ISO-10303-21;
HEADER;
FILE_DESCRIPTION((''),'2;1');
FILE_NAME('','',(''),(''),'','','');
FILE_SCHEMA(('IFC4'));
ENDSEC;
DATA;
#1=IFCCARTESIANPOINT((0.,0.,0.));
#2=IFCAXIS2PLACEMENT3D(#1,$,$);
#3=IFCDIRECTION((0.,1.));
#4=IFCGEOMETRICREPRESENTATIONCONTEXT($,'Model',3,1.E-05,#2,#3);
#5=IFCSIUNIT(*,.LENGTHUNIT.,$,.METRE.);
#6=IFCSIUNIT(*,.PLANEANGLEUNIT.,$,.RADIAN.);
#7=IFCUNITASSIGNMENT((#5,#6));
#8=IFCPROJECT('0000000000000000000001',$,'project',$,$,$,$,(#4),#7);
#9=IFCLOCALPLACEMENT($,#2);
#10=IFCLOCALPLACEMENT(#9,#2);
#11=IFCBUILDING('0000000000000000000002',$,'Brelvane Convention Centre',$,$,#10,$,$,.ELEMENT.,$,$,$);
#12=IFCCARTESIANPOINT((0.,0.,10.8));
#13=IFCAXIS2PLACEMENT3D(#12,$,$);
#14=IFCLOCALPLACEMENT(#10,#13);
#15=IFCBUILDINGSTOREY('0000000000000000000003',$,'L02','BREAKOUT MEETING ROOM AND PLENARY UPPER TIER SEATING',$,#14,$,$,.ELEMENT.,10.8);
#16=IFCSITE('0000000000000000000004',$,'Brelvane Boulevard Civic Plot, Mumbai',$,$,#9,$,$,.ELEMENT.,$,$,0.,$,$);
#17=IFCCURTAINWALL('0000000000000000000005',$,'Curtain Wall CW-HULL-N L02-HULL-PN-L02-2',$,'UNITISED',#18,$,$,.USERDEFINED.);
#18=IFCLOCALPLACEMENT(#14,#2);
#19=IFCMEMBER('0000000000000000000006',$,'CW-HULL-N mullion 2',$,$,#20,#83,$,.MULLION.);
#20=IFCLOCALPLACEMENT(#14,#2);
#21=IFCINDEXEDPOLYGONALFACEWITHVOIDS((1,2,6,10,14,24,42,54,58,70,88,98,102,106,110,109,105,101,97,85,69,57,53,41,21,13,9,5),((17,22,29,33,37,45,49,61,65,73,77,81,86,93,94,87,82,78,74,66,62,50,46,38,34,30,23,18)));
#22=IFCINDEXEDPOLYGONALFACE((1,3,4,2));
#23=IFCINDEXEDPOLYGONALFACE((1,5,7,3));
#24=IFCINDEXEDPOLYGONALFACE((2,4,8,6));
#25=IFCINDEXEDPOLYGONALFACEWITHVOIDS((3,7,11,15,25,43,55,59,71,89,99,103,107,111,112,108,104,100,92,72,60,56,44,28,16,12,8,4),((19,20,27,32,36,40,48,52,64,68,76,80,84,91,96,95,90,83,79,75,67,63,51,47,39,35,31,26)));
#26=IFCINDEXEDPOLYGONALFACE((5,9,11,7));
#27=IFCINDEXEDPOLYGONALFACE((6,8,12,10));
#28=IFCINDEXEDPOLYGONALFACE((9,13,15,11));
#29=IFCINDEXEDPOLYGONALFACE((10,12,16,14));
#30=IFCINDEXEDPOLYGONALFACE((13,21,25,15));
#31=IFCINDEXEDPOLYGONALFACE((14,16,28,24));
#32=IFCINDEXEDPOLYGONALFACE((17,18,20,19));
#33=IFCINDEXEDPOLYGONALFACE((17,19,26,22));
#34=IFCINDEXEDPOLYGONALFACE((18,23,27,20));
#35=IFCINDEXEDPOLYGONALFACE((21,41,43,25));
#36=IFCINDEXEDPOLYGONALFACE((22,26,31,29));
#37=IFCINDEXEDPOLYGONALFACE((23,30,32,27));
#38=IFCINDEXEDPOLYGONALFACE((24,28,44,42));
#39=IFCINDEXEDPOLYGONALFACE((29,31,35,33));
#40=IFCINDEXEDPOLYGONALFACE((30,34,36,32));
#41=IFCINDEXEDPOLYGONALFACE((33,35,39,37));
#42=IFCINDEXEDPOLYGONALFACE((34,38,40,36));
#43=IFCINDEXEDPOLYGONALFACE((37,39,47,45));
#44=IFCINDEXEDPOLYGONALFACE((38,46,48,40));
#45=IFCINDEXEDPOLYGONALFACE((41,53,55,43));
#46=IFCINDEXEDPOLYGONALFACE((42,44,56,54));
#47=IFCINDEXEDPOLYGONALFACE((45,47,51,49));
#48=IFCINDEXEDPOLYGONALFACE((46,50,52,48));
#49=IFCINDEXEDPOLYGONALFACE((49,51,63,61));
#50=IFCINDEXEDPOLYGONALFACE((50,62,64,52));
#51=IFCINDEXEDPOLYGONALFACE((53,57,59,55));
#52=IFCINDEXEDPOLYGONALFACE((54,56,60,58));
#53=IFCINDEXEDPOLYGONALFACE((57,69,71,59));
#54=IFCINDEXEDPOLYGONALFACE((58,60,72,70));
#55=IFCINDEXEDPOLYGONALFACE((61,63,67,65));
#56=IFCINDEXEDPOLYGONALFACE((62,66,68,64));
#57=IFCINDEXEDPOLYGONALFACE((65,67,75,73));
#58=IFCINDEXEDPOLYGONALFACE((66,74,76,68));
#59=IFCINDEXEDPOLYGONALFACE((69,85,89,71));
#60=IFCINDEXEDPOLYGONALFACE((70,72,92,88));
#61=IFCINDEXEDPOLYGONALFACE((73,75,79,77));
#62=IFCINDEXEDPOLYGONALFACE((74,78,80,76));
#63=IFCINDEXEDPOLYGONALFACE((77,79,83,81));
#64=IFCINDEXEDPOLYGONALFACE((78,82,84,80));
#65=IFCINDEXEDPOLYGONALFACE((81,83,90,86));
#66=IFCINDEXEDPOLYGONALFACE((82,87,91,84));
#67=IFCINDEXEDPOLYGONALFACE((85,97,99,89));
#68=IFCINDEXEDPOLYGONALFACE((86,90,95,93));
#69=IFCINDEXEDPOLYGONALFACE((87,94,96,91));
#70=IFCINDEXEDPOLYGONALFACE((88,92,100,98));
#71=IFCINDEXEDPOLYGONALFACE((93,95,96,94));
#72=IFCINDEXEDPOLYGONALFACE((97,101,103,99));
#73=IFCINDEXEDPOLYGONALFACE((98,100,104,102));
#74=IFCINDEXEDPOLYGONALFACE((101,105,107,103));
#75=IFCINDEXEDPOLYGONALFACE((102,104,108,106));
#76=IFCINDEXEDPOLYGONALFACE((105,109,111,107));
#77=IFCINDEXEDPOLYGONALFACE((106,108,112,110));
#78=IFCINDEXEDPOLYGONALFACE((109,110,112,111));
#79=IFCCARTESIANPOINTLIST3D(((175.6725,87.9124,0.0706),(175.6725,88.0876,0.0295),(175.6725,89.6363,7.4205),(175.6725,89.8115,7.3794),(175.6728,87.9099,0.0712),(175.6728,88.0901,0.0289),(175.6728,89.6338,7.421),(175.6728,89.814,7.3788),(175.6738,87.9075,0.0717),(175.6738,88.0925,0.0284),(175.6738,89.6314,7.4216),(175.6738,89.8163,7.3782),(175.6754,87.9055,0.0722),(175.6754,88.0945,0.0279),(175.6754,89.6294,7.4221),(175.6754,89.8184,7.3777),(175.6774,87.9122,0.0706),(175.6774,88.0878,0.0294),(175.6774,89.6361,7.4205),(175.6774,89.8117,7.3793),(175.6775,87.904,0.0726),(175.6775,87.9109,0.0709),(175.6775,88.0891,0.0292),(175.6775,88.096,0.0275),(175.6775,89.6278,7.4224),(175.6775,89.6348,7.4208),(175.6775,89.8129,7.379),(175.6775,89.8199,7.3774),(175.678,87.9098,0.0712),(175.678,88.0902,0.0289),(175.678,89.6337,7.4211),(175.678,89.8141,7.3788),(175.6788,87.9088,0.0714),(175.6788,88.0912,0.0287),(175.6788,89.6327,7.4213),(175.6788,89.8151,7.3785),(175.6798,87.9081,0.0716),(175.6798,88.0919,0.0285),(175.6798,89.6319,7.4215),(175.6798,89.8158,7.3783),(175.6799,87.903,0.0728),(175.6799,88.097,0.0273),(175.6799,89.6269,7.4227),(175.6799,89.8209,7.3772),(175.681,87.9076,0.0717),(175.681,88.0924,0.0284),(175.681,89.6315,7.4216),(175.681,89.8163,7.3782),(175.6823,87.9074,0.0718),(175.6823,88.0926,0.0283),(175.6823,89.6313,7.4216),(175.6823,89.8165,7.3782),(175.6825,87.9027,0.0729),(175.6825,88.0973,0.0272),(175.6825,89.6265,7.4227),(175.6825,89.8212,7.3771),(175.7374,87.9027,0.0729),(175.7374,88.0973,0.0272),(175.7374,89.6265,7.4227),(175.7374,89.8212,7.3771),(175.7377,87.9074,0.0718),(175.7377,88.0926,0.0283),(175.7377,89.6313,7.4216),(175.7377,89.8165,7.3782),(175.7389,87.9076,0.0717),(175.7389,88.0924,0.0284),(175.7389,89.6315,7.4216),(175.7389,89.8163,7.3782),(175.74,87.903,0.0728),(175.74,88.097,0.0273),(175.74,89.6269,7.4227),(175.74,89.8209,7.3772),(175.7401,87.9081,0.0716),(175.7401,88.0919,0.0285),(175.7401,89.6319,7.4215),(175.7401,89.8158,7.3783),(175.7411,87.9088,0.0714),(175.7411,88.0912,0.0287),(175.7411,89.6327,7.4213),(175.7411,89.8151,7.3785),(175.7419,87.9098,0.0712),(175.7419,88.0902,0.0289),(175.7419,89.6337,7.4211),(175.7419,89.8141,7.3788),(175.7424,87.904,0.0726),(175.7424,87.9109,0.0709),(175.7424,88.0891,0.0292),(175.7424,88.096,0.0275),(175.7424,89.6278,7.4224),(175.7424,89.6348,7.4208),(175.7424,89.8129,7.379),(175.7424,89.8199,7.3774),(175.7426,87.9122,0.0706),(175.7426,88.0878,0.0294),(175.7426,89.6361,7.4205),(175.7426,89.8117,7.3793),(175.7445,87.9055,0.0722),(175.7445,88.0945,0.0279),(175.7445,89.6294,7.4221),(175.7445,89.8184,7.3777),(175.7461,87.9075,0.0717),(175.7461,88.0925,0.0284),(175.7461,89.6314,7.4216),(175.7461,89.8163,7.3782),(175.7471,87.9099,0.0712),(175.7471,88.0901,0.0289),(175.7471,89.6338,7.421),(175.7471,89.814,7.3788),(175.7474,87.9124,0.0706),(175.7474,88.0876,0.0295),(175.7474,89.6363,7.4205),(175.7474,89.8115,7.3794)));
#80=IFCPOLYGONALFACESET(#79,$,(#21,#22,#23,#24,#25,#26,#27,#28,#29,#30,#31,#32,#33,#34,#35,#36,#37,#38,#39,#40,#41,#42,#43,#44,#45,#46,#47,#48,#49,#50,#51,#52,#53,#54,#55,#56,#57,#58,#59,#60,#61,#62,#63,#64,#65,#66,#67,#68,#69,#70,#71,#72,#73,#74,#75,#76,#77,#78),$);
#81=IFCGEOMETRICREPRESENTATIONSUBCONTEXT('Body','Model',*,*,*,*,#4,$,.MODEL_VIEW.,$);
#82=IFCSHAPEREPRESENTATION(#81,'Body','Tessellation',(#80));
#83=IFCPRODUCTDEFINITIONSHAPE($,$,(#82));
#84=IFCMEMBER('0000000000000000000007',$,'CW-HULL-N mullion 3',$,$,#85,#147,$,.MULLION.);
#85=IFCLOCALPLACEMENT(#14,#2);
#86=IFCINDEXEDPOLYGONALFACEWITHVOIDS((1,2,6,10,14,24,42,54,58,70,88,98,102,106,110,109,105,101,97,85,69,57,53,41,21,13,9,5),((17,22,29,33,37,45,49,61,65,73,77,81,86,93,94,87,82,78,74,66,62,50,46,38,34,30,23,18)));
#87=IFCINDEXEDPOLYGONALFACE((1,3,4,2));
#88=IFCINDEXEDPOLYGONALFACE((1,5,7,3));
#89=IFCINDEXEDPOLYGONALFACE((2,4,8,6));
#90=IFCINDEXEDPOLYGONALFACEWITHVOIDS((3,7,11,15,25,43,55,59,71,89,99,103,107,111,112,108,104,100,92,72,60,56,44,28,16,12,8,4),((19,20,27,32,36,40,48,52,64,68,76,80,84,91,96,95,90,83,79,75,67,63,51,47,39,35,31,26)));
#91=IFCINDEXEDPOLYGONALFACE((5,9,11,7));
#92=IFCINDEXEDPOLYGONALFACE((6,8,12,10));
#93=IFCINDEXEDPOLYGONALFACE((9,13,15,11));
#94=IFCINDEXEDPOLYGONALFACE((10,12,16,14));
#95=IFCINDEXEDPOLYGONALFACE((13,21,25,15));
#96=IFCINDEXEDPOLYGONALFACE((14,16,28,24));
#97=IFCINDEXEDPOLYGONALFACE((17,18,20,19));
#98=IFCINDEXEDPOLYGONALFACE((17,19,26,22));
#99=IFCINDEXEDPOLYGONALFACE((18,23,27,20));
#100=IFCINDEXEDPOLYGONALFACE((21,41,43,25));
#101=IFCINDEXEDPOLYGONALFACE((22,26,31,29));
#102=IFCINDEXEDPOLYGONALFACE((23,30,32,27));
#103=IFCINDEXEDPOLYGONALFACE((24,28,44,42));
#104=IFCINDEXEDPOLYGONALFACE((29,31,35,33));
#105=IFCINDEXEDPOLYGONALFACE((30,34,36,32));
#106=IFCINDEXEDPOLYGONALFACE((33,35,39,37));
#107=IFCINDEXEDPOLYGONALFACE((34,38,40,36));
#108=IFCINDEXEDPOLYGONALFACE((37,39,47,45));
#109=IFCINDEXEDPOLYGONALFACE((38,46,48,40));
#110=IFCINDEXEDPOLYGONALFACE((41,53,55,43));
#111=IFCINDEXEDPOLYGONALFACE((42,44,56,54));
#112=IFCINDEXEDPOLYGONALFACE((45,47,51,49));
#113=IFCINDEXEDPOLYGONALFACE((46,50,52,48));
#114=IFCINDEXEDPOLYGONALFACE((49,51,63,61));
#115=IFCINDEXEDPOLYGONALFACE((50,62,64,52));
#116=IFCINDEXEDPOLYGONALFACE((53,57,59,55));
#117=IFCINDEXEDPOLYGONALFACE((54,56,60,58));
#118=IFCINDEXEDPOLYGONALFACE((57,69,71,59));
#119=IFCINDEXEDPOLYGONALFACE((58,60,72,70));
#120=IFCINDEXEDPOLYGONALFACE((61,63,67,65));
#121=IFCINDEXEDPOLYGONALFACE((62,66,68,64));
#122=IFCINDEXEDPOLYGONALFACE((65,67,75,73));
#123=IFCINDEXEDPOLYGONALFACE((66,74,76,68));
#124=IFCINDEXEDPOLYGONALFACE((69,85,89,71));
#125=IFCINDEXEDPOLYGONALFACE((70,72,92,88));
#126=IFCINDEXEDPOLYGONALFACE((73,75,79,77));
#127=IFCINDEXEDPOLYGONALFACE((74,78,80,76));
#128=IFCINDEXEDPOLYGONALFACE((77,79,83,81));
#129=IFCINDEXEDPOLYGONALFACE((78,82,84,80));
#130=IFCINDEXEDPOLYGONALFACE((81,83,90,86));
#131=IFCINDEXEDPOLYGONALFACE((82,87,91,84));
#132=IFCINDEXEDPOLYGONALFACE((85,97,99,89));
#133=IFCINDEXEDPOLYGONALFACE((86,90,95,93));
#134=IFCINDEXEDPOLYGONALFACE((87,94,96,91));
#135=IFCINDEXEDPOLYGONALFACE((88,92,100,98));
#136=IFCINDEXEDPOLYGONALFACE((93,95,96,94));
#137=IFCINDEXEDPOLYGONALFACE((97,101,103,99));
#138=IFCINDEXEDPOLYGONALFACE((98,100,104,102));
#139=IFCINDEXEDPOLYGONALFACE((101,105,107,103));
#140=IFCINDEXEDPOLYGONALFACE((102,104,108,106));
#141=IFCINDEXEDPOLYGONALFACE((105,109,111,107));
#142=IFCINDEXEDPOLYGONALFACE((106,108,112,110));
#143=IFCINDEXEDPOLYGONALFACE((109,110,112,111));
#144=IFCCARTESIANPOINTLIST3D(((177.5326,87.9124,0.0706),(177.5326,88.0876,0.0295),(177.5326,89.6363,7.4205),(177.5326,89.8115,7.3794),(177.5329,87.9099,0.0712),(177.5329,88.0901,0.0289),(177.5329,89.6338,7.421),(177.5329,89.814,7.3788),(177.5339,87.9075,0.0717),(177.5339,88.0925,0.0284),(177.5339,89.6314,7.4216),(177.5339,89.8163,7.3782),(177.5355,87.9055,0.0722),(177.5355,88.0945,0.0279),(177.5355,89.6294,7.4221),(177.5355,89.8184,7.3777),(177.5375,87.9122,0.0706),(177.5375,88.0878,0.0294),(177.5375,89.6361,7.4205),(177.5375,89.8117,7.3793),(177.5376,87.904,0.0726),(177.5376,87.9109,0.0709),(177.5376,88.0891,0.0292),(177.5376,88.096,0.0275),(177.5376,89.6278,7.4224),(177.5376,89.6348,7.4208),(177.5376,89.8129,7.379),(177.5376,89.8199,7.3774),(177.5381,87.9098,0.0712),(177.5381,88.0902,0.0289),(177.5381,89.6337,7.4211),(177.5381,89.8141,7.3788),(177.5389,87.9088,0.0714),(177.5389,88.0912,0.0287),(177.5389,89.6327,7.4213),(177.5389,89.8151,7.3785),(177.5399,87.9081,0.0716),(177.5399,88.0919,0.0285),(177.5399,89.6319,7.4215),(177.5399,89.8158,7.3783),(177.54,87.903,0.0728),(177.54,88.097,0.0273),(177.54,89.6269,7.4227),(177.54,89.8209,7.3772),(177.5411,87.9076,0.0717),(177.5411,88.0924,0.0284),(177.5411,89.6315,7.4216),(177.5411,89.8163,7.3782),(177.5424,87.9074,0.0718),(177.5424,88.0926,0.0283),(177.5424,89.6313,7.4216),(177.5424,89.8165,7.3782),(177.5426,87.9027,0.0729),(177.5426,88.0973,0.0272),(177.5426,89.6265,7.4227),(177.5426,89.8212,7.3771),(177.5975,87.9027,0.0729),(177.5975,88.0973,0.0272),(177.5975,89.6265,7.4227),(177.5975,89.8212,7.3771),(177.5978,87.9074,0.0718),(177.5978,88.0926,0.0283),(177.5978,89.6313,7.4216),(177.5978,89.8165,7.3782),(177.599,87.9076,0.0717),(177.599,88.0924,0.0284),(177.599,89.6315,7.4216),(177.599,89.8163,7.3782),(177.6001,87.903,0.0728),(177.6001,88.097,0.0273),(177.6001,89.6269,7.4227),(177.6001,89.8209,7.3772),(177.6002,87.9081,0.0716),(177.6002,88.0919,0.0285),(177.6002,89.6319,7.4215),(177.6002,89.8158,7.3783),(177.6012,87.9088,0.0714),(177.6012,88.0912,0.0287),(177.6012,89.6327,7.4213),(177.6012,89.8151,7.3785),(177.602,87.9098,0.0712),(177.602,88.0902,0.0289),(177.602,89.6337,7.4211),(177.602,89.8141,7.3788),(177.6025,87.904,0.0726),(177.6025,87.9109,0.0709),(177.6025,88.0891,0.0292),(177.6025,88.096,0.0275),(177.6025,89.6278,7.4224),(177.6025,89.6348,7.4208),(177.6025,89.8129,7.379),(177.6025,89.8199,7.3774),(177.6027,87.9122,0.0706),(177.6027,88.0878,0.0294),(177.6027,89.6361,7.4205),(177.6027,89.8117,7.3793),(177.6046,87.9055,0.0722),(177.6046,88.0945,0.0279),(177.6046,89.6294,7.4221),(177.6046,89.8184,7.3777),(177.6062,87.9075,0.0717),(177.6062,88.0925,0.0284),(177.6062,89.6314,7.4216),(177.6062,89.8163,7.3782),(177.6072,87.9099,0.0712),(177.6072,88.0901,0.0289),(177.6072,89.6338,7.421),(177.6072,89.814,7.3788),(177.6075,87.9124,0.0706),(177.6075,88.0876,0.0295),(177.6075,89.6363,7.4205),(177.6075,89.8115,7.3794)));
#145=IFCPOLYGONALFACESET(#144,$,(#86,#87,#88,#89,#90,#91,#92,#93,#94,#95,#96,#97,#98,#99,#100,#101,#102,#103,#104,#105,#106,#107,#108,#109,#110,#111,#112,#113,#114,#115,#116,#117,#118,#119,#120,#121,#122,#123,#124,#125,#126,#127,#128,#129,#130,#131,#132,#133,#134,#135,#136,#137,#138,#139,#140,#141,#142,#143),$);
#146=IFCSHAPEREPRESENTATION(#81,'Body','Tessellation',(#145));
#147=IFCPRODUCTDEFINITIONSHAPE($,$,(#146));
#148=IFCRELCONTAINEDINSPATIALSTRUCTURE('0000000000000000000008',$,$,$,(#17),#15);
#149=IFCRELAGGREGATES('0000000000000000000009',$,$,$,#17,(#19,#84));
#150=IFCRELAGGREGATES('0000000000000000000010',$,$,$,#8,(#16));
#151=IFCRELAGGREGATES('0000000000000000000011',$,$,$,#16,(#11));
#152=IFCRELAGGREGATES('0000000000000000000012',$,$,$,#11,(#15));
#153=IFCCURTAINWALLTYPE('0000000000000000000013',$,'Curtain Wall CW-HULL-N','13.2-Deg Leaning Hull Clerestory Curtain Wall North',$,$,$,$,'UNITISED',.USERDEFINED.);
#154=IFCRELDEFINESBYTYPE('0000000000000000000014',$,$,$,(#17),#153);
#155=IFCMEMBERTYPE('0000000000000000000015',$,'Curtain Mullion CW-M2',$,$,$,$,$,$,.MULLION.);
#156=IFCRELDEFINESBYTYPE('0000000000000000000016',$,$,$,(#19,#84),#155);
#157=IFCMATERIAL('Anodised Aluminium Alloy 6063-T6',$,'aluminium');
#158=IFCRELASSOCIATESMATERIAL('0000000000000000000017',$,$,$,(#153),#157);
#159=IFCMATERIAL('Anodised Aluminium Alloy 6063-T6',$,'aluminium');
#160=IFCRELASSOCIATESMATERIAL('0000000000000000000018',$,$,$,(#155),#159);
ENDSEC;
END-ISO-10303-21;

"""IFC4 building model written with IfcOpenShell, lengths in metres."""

from ifc_helpers import new_model, si_unit, direction, frame, origin, origin_2d, place, context, subcontext, project, spatial, hollow_rectangle, extrude, material, material_profile, profile_set, type_object, element, aggregate, save


model = new_model("IFC4")

# Units and contexts
model_context = context("Model", 3, precision=1e-05, world=origin(), true_north=direction((0.0, 1.0)))
body_context = subcontext(model_context, "Body", "Model", "MODEL_VIEW")
ifc_project = project(units=[si_unit("LENGTHUNIT", "METRE"), si_unit("PLANEANGLEUNIT", "RADIAN")], contexts=[model_context])

# Site, building, storey
site_placement = place(None, origin())
site = spatial("IfcSite", under=ifc_project, at=site_placement, Name="Brelvane Boulevard Civic Plot, Mumbai", CompositionType="ELEMENT", RefElevation=0.0)
building_placement = place(site_placement, origin())
building = spatial("IfcBuilding", under=site, at=building_placement, Name="Brelvane Convention Centre", CompositionType="ELEMENT")
storey_placement = place(building_placement, frame((0.0, 0.0, 10.8)))
storey = spatial("IfcBuildingStorey", under=building, at=storey_placement, Name="L02", Description="BREAKOUT MEETING ROOM AND PLENARY UPPER TIER SEATING", CompositionType="ELEMENT", Elevation=10.8)

# Curtain wall, members
ifc_material_1 = material(Name="Anodised Aluminium Alloy 6063-T6", Category="aluminium")
curtain_wall_type = type_object("IfcCurtainWallType", Name="Curtain Wall CW-HULL-N", Description="13.2-Deg Leaning Hull Clerestory Curtain Wall North", ElementType="UNITISED", PredefinedType="USERDEFINED", material=ifc_material_1)
curtain_wall_1_placement = place(storey_placement, origin())
curtain_wall_1 = element("IfcCurtainWall", 1, at=curtain_wall_1_placement, inside=storey, type_object=curtain_wall_type, Name="Curtain Wall CW-HULL-N L02-HULL-PN-L02-2", ObjectType="UNITISED", PredefinedType="USERDEFINED")
ifc_material_2 = material(Name="Anodised Aluminium Alloy 6063-T6", Category="aluminium")
ifc_material_profile_1 = material_profile(ifc_material_2, hollow_rectangle(XDim=0.075, YDim=0.2, WallThickness=0.0049, InnerFilletRadius=0.0049, OuterFilletRadius=0.01, at=origin_2d()), Name="ALU-M 200x75x5.0")
ifc_profile_set_1 = profile_set([ifc_material_profile_1], Name="Anodised Aluminium Alloy 6063-T6")
member_type_1 = type_object("IfcMemberType", Name="Curtain Mullion CW-M2", PredefinedType="MULLION", material=ifc_profile_set_1)
member_1_placement = place(storey_placement, frame((175.71, 88.0, 0.05), z_axis=(0.0, 0.228349, 0.973579), x_axis=(-1.0, 0.0, 0.0)))
member_1 = element("IfcMember", 2, at=member_1_placement, type_object=member_type_1, Name="CW-HULL-N mullion 2", PredefinedType="MULLION", context=body_context, shape_type="SweptSolid", body=[
    extrude(hollow_rectangle(XDim=0.075, YDim=0.2, WallThickness=0.0049, InnerFilletRadius=0.0049, OuterFilletRadius=0.01, at=origin_2d()), origin(), (0.0, 0.0, 1.0), 7.5493),
])
member_2_placement = place(storey_placement, frame((177.5701, 88.0, 0.05), z_axis=(0.0, 0.228349, 0.973579), x_axis=(-1.0, 0.0, 0.0)))
member_2 = element("IfcMember", 3, at=member_2_placement, type_object=member_type_1, Name="CW-HULL-N mullion 3", PredefinedType="MULLION", context=body_context, shape_type="SweptSolid", body=[
    extrude(hollow_rectangle(XDim=0.075, YDim=0.2, WallThickness=0.0049, InnerFilletRadius=0.0049, OuterFilletRadius=0.01, at=origin_2d()), origin(), (0.0, 0.0, 1.0), 7.5493),
])

aggregate(curtain_wall_1, [member_1, member_2])

save(model, "model.ifc")
